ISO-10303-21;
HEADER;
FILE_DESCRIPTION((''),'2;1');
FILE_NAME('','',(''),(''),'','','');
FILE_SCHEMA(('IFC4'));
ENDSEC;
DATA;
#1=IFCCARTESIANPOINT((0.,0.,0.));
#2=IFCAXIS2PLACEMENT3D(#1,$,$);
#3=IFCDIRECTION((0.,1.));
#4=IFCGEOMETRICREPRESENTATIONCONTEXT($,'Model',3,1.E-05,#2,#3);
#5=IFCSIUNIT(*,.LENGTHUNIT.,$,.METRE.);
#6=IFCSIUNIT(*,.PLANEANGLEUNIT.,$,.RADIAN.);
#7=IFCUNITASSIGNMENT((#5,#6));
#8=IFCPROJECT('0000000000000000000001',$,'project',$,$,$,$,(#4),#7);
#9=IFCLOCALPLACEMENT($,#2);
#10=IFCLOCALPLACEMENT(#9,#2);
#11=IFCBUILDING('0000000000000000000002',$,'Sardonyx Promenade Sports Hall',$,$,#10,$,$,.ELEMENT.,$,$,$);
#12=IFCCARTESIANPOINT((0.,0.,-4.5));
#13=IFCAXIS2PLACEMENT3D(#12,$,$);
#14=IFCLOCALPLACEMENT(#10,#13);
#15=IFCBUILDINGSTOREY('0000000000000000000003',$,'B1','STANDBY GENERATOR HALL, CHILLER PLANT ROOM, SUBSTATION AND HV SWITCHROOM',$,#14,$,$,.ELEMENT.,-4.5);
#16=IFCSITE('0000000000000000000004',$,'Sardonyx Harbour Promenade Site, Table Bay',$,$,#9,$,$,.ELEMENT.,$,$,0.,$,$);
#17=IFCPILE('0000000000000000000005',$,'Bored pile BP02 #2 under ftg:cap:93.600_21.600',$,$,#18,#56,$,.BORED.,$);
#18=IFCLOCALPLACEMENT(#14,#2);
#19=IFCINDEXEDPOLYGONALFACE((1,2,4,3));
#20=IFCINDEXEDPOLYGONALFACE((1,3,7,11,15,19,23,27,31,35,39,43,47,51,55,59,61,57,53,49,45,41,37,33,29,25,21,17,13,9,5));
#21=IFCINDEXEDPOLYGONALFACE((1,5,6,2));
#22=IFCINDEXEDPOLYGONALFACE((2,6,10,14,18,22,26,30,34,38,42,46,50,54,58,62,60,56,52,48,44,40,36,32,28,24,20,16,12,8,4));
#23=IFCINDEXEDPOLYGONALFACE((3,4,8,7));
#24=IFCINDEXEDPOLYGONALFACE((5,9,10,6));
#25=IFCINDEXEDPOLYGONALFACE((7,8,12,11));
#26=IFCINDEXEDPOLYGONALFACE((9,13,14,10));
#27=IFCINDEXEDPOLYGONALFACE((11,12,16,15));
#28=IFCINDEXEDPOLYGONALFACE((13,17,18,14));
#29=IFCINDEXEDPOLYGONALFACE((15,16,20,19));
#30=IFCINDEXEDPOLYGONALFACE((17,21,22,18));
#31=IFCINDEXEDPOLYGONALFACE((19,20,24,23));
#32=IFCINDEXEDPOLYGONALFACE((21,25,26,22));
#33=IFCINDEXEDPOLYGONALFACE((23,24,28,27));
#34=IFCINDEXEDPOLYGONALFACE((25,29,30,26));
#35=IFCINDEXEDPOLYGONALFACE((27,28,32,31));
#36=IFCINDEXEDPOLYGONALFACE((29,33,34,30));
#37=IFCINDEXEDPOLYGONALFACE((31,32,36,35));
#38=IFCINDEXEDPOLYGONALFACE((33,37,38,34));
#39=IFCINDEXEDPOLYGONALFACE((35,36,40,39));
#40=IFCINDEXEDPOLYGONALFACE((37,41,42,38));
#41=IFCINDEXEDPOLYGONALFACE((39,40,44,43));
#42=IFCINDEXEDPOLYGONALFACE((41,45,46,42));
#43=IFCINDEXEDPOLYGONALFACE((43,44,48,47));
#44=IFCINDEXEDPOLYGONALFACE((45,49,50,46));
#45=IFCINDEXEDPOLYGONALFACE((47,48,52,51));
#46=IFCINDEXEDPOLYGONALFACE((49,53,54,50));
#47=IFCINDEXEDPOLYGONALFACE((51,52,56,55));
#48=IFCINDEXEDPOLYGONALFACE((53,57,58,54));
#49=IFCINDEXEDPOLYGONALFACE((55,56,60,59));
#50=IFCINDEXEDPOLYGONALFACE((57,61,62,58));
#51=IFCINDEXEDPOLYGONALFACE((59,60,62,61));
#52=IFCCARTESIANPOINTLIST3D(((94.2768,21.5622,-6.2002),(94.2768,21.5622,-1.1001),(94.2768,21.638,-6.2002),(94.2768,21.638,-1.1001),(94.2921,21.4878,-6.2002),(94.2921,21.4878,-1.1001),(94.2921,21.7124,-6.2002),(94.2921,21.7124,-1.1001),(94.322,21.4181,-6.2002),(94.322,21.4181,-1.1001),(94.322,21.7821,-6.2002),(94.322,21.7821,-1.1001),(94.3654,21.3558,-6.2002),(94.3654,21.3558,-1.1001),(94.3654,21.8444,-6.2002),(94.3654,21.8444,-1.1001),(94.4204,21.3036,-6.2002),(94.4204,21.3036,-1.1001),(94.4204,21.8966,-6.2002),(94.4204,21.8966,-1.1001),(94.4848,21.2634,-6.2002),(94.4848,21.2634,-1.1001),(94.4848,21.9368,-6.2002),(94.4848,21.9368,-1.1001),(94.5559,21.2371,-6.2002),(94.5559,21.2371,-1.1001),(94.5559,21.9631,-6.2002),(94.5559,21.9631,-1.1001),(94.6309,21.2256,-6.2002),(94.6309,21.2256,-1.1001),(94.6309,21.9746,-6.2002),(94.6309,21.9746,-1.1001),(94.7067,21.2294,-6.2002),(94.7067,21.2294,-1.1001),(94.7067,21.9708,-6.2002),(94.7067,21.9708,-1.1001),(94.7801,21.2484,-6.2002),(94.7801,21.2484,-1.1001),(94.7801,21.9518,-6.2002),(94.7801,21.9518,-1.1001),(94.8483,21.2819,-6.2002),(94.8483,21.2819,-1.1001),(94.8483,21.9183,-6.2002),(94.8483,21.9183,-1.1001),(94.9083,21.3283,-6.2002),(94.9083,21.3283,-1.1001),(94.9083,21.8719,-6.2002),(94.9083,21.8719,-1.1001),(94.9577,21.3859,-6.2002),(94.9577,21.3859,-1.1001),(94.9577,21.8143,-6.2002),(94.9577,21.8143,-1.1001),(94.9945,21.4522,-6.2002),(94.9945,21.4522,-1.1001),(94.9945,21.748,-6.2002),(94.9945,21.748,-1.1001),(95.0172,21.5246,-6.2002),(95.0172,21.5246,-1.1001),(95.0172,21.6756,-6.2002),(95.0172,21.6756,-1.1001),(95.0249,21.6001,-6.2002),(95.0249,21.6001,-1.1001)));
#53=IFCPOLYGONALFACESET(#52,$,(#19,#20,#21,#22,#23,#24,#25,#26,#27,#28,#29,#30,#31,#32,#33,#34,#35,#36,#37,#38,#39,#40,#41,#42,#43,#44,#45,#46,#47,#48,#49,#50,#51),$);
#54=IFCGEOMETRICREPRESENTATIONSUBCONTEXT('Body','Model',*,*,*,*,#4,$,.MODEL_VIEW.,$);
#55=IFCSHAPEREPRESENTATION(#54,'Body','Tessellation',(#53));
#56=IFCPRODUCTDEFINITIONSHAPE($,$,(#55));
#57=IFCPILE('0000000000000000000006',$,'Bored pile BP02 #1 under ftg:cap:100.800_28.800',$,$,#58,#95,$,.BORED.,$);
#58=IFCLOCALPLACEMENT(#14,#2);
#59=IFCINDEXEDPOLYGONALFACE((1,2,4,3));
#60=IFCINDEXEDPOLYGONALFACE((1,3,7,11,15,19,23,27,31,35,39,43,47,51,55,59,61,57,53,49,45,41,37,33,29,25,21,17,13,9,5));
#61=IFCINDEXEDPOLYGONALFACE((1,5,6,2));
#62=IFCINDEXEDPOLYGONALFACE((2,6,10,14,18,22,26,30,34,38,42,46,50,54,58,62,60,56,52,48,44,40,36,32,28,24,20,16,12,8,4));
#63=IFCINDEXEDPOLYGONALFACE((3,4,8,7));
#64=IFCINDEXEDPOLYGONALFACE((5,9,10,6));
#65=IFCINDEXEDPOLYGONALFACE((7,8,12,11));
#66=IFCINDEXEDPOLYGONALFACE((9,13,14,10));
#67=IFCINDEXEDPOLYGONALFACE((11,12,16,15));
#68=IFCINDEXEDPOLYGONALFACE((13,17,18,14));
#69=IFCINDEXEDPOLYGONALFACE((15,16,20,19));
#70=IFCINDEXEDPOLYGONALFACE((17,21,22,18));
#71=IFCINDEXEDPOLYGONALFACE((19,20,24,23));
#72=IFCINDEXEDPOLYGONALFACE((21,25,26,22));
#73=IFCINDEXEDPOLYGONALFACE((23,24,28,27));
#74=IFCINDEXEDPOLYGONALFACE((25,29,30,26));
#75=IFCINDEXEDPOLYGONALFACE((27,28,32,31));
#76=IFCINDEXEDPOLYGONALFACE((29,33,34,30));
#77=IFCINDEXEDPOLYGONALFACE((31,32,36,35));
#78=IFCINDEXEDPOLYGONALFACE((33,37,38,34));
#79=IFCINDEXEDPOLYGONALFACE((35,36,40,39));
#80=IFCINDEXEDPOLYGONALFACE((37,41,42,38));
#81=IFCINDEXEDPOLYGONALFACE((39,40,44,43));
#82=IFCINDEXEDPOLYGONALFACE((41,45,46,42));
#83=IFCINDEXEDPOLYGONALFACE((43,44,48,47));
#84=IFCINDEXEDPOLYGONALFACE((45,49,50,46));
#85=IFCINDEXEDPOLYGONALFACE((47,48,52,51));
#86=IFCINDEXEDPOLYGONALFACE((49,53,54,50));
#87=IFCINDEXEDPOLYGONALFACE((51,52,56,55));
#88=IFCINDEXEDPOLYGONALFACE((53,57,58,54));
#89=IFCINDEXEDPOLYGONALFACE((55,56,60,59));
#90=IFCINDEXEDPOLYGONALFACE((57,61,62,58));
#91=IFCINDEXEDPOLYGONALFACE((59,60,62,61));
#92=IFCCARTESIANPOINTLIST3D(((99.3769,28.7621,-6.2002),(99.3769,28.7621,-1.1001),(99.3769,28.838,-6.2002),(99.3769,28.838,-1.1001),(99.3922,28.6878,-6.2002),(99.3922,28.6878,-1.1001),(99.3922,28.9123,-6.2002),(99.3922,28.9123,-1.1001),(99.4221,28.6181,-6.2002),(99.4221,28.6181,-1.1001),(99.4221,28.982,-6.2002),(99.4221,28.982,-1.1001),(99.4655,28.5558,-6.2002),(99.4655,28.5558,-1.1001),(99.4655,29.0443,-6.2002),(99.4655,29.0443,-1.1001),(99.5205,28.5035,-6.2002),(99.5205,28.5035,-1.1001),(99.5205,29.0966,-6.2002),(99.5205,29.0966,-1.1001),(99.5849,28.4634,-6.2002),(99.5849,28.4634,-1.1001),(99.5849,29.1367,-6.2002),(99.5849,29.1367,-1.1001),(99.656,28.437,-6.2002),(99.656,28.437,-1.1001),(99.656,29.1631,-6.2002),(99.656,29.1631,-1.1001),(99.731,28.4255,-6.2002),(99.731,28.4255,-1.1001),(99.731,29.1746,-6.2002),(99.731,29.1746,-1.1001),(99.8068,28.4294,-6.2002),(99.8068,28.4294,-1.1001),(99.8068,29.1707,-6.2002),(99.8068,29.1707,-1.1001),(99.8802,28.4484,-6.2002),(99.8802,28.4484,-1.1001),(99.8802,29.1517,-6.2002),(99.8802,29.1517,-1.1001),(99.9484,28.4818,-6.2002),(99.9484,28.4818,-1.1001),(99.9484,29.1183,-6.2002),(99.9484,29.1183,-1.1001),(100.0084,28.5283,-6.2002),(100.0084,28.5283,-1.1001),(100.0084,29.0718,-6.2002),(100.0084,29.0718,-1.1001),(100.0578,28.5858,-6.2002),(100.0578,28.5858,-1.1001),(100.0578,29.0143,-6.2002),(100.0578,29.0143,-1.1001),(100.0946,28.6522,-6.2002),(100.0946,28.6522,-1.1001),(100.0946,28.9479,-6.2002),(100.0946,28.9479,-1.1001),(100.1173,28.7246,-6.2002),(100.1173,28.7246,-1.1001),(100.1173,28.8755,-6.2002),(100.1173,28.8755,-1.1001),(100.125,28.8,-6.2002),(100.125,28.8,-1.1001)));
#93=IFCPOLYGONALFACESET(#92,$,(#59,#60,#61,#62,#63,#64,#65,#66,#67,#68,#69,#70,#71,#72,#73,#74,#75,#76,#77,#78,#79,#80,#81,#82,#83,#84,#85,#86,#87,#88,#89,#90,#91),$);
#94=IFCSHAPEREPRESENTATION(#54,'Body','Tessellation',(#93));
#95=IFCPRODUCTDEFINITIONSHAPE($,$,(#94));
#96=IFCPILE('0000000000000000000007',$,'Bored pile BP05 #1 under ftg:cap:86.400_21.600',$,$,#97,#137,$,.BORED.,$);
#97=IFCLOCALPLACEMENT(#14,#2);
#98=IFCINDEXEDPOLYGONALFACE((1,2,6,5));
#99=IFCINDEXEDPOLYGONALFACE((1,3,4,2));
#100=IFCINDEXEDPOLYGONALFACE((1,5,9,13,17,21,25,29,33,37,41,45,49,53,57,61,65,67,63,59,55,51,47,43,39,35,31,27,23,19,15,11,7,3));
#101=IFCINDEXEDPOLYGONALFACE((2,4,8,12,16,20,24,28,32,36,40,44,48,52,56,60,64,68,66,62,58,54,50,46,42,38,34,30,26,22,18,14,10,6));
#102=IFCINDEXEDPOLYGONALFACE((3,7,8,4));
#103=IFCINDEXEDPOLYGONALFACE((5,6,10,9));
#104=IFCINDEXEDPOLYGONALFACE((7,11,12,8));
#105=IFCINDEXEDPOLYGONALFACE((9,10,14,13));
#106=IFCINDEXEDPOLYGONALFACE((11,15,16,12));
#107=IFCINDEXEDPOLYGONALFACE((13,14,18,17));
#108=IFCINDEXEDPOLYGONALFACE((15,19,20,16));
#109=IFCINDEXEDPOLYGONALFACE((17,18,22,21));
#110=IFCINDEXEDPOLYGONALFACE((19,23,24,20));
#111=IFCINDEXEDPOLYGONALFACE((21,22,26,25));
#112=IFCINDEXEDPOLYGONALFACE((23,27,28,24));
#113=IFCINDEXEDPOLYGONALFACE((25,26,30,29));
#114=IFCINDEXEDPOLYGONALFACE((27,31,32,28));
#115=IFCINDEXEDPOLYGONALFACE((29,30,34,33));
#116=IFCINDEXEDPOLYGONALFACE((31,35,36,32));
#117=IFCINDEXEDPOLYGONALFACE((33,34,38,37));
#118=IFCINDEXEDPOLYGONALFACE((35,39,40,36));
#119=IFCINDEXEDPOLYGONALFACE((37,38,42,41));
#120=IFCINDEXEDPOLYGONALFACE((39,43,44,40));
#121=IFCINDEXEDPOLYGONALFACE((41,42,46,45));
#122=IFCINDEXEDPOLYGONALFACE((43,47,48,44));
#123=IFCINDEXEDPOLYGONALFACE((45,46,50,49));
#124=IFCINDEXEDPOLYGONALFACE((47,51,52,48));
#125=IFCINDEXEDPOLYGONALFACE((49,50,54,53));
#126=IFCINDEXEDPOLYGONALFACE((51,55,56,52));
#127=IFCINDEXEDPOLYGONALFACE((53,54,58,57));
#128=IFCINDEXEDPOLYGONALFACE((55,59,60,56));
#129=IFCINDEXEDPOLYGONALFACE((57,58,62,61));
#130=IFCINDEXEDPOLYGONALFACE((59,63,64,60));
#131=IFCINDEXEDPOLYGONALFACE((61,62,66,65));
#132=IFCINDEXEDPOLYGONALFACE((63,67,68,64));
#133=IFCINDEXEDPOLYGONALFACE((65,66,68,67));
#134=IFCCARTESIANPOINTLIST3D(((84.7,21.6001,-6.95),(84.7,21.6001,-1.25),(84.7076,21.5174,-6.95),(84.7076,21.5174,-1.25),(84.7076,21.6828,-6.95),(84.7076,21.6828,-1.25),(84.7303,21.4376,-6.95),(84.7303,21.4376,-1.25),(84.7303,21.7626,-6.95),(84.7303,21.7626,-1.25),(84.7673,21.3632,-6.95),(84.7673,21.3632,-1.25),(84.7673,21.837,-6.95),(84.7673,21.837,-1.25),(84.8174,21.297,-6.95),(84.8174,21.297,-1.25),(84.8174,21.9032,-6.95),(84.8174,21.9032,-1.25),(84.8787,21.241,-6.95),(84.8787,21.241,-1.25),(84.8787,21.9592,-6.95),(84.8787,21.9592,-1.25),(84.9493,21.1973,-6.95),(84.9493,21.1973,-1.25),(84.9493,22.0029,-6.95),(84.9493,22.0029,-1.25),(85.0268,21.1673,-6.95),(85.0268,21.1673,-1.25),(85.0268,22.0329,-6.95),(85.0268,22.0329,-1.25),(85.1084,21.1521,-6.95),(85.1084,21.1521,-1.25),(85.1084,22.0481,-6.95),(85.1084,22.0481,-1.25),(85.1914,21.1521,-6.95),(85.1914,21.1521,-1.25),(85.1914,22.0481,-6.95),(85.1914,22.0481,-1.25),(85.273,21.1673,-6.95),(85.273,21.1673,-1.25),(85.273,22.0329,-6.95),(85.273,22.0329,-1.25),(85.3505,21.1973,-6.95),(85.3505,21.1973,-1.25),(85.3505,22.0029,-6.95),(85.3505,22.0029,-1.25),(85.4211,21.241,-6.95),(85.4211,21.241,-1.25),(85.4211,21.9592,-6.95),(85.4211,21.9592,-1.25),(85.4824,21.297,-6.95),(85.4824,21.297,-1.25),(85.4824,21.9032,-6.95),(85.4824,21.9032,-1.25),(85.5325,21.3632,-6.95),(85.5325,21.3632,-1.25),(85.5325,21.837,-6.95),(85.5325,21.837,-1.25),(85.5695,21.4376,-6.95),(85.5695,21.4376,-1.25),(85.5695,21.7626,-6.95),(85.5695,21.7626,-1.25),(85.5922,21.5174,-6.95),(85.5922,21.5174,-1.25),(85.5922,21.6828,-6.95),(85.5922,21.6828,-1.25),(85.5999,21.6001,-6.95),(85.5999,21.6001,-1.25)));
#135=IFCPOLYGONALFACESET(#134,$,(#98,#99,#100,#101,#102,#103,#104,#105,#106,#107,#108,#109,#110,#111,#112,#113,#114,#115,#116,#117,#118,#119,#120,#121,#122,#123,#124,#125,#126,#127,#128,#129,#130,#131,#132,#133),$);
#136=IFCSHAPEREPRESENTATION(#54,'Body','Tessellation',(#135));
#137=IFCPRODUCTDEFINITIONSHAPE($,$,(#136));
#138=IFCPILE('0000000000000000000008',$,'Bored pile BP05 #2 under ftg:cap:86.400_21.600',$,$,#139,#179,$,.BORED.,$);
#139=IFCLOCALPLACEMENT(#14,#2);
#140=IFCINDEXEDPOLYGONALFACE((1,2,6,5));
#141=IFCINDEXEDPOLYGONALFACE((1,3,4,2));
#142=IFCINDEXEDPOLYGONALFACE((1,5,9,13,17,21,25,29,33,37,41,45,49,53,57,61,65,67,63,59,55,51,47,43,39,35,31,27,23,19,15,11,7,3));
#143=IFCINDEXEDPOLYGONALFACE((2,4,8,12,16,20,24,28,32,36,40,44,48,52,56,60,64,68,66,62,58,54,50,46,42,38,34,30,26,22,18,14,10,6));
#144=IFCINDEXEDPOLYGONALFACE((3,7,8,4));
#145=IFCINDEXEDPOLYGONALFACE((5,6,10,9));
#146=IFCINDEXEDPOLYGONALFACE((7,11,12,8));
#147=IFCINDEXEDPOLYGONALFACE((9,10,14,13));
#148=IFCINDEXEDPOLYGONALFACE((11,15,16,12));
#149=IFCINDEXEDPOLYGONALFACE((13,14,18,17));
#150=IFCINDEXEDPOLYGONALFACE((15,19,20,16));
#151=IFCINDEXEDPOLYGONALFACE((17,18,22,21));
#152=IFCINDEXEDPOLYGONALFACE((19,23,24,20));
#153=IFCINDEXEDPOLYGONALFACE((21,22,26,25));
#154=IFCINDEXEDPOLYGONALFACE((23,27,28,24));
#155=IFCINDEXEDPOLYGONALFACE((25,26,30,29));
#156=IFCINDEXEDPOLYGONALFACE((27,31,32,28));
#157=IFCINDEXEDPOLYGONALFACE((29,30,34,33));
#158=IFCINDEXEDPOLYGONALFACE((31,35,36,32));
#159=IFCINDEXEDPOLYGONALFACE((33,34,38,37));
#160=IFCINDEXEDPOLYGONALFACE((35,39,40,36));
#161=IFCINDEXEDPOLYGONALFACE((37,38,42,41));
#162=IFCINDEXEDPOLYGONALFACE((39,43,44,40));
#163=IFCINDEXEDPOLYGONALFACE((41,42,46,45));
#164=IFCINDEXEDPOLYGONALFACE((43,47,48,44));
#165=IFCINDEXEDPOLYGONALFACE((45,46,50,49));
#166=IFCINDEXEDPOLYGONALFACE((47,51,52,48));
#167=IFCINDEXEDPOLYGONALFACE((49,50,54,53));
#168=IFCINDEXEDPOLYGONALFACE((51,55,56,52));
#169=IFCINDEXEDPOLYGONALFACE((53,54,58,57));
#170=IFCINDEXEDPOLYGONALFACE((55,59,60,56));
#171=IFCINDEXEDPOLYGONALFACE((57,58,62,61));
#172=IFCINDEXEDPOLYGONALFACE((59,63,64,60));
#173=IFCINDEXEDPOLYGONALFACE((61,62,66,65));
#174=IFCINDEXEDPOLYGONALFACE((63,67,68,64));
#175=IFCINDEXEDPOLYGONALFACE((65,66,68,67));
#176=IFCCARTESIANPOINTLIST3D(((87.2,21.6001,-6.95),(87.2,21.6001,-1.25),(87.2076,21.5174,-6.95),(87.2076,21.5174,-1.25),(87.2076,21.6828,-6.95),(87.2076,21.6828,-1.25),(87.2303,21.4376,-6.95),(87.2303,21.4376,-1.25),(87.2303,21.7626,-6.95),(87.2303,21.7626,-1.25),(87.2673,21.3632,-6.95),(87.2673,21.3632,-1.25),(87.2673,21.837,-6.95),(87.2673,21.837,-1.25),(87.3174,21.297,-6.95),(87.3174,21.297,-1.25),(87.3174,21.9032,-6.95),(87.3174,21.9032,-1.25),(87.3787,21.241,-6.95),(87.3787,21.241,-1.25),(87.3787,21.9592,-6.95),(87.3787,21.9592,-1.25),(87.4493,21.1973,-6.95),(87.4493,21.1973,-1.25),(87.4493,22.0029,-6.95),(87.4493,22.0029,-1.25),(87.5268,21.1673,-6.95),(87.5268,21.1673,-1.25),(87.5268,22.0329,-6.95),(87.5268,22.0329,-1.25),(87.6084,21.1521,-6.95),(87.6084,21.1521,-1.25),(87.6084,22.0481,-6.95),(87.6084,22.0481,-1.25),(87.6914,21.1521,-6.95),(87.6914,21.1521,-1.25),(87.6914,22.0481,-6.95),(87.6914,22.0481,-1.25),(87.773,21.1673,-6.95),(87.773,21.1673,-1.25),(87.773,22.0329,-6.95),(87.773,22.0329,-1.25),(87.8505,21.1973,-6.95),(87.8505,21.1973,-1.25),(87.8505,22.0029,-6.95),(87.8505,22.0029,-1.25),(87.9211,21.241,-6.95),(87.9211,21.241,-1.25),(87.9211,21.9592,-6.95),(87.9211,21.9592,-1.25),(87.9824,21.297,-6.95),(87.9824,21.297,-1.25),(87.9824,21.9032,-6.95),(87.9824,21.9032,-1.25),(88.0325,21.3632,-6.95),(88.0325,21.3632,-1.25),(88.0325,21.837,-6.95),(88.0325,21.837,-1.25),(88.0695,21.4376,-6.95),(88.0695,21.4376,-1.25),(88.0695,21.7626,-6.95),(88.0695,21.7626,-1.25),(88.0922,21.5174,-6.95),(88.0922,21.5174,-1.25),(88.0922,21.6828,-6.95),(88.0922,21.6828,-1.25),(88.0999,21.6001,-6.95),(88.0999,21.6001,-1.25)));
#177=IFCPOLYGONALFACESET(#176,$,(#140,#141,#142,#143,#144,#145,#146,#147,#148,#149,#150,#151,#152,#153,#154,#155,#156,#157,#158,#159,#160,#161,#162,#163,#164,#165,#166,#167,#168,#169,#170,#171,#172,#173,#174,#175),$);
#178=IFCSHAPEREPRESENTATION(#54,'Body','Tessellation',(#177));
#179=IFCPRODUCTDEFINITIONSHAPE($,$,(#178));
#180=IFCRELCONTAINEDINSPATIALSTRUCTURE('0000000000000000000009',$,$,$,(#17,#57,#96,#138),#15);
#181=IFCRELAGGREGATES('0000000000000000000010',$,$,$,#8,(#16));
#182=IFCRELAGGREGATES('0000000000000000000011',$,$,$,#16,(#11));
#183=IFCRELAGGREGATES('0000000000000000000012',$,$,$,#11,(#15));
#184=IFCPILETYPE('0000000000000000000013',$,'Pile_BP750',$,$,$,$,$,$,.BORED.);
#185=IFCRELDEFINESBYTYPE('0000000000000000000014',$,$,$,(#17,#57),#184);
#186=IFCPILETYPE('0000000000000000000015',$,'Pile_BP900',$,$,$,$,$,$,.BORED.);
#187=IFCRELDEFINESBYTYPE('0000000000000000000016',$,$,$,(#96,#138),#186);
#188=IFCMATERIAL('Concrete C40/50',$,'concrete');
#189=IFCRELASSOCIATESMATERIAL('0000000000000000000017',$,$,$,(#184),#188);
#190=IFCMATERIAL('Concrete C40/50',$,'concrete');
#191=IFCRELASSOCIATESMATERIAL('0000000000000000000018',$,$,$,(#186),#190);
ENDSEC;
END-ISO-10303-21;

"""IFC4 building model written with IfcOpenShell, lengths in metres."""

from ifc_helpers import new_model, si_unit, direction, frame, origin, origin_2d, place, context, subcontext, project, spatial, circle, extrude, material, material_profile, profile_set, type_object, element, save


model = new_model("IFC4")

# Units and contexts
model_context = context("Model", 3, precision=1e-05, world=origin(), true_north=direction((0.0, 1.0)))
body_context = subcontext(model_context, "Body", "Model", "MODEL_VIEW")
ifc_project = project(units=[si_unit("LENGTHUNIT", "METRE"), si_unit("PLANEANGLEUNIT", "RADIAN")], contexts=[model_context])

# Site, building, storey
site_placement = place(None, origin())
site = spatial("IfcSite", under=ifc_project, at=site_placement, Name="Sardonyx Harbour Promenade Site, Table Bay", CompositionType="ELEMENT", RefElevation=0.0)
building_placement = place(site_placement, origin())
building = spatial("IfcBuilding", under=site, at=building_placement, Name="Sardonyx Promenade Sports Hall", CompositionType="ELEMENT")
storey_placement = place(building_placement, frame((0.0, 0.0, -4.5)))
storey = spatial("IfcBuildingStorey", under=building, at=storey_placement, Name="B1", Description="STANDBY GENERATOR HALL, CHILLER PLANT ROOM, SUBSTATION AND HV SWITCHROOM", CompositionType="ELEMENT", Elevation=-4.5)

# Piles
ifc_material_1 = material(Name="Concrete C40/50", Category="concrete")
ifc_material_profile_1 = material_profile(ifc_material_1, circle(Radius=0.375, at=origin_2d()))
ifc_profile_set_1 = profile_set([ifc_material_profile_1], Name="Concrete C40/50")
pile_type_1 = type_object("IfcPileType", Name="Pile_BP750", PredefinedType="BORED", material=ifc_profile_set_1)
for number, where, z_axis, x_axis, name in (
    (1, (94.6499, 21.6001, -1.1001), (0.0, 0.0, -1.0), (1.0, 0.0, 0.0), "Bored pile BP02 #2 under ftg:cap:93.600_21.600"),
    (2, (99.75, 28.8, -1.1001), (0.0, 0.0, -1.0), (1.0, 0.0, 0.0), "Bored pile BP02 #1 under ftg:cap:100.800_28.800"),
):
    element("IfcPile", number, at=place(storey_placement, frame(where, z_axis=z_axis, x_axis=x_axis)), inside=storey, type_object=pile_type_1, Name=name, PredefinedType="BORED", context=body_context, shape_type="SweptSolid", body=[
        extrude(circle(Radius=0.375, at=origin_2d()), origin(), (0.0, 0.0, 1.0), 5.1001),
    ])
ifc_material_2 = material(Name="Concrete C40/50", Category="concrete")
ifc_material_profile_2 = material_profile(ifc_material_2, circle(Radius=0.45, at=origin_2d()))
ifc_profile_set_2 = profile_set([ifc_material_profile_2], Name="Concrete C40/50")
pile_type_2 = type_object("IfcPileType", Name="Pile_BP900", PredefinedType="BORED", material=ifc_profile_set_2)
for number, where, z_axis, x_axis, name in (
    (3, (85.1499, 21.6001, -1.25), (0.0, 0.0, -1.0), (1.0, 0.0, 0.0), "Bored pile BP05 #1 under ftg:cap:86.400_21.600"),
    (4, (87.6499, 21.6001, -1.25), (0.0, 0.0, -1.0), (1.0, 0.0, 0.0), "Bored pile BP05 #2 under ftg:cap:86.400_21.600"),
):
    element("IfcPile", number, at=place(storey_placement, frame(where, z_axis=z_axis, x_axis=x_axis)), inside=storey, type_object=pile_type_2, Name=name, PredefinedType="BORED", context=body_context, shape_type="SweptSolid", body=[
        extrude(circle(Radius=0.45, at=origin_2d()), origin(), (0.0, 0.0, 1.0), 5.7),
    ])

save(model, "model.ifc")
